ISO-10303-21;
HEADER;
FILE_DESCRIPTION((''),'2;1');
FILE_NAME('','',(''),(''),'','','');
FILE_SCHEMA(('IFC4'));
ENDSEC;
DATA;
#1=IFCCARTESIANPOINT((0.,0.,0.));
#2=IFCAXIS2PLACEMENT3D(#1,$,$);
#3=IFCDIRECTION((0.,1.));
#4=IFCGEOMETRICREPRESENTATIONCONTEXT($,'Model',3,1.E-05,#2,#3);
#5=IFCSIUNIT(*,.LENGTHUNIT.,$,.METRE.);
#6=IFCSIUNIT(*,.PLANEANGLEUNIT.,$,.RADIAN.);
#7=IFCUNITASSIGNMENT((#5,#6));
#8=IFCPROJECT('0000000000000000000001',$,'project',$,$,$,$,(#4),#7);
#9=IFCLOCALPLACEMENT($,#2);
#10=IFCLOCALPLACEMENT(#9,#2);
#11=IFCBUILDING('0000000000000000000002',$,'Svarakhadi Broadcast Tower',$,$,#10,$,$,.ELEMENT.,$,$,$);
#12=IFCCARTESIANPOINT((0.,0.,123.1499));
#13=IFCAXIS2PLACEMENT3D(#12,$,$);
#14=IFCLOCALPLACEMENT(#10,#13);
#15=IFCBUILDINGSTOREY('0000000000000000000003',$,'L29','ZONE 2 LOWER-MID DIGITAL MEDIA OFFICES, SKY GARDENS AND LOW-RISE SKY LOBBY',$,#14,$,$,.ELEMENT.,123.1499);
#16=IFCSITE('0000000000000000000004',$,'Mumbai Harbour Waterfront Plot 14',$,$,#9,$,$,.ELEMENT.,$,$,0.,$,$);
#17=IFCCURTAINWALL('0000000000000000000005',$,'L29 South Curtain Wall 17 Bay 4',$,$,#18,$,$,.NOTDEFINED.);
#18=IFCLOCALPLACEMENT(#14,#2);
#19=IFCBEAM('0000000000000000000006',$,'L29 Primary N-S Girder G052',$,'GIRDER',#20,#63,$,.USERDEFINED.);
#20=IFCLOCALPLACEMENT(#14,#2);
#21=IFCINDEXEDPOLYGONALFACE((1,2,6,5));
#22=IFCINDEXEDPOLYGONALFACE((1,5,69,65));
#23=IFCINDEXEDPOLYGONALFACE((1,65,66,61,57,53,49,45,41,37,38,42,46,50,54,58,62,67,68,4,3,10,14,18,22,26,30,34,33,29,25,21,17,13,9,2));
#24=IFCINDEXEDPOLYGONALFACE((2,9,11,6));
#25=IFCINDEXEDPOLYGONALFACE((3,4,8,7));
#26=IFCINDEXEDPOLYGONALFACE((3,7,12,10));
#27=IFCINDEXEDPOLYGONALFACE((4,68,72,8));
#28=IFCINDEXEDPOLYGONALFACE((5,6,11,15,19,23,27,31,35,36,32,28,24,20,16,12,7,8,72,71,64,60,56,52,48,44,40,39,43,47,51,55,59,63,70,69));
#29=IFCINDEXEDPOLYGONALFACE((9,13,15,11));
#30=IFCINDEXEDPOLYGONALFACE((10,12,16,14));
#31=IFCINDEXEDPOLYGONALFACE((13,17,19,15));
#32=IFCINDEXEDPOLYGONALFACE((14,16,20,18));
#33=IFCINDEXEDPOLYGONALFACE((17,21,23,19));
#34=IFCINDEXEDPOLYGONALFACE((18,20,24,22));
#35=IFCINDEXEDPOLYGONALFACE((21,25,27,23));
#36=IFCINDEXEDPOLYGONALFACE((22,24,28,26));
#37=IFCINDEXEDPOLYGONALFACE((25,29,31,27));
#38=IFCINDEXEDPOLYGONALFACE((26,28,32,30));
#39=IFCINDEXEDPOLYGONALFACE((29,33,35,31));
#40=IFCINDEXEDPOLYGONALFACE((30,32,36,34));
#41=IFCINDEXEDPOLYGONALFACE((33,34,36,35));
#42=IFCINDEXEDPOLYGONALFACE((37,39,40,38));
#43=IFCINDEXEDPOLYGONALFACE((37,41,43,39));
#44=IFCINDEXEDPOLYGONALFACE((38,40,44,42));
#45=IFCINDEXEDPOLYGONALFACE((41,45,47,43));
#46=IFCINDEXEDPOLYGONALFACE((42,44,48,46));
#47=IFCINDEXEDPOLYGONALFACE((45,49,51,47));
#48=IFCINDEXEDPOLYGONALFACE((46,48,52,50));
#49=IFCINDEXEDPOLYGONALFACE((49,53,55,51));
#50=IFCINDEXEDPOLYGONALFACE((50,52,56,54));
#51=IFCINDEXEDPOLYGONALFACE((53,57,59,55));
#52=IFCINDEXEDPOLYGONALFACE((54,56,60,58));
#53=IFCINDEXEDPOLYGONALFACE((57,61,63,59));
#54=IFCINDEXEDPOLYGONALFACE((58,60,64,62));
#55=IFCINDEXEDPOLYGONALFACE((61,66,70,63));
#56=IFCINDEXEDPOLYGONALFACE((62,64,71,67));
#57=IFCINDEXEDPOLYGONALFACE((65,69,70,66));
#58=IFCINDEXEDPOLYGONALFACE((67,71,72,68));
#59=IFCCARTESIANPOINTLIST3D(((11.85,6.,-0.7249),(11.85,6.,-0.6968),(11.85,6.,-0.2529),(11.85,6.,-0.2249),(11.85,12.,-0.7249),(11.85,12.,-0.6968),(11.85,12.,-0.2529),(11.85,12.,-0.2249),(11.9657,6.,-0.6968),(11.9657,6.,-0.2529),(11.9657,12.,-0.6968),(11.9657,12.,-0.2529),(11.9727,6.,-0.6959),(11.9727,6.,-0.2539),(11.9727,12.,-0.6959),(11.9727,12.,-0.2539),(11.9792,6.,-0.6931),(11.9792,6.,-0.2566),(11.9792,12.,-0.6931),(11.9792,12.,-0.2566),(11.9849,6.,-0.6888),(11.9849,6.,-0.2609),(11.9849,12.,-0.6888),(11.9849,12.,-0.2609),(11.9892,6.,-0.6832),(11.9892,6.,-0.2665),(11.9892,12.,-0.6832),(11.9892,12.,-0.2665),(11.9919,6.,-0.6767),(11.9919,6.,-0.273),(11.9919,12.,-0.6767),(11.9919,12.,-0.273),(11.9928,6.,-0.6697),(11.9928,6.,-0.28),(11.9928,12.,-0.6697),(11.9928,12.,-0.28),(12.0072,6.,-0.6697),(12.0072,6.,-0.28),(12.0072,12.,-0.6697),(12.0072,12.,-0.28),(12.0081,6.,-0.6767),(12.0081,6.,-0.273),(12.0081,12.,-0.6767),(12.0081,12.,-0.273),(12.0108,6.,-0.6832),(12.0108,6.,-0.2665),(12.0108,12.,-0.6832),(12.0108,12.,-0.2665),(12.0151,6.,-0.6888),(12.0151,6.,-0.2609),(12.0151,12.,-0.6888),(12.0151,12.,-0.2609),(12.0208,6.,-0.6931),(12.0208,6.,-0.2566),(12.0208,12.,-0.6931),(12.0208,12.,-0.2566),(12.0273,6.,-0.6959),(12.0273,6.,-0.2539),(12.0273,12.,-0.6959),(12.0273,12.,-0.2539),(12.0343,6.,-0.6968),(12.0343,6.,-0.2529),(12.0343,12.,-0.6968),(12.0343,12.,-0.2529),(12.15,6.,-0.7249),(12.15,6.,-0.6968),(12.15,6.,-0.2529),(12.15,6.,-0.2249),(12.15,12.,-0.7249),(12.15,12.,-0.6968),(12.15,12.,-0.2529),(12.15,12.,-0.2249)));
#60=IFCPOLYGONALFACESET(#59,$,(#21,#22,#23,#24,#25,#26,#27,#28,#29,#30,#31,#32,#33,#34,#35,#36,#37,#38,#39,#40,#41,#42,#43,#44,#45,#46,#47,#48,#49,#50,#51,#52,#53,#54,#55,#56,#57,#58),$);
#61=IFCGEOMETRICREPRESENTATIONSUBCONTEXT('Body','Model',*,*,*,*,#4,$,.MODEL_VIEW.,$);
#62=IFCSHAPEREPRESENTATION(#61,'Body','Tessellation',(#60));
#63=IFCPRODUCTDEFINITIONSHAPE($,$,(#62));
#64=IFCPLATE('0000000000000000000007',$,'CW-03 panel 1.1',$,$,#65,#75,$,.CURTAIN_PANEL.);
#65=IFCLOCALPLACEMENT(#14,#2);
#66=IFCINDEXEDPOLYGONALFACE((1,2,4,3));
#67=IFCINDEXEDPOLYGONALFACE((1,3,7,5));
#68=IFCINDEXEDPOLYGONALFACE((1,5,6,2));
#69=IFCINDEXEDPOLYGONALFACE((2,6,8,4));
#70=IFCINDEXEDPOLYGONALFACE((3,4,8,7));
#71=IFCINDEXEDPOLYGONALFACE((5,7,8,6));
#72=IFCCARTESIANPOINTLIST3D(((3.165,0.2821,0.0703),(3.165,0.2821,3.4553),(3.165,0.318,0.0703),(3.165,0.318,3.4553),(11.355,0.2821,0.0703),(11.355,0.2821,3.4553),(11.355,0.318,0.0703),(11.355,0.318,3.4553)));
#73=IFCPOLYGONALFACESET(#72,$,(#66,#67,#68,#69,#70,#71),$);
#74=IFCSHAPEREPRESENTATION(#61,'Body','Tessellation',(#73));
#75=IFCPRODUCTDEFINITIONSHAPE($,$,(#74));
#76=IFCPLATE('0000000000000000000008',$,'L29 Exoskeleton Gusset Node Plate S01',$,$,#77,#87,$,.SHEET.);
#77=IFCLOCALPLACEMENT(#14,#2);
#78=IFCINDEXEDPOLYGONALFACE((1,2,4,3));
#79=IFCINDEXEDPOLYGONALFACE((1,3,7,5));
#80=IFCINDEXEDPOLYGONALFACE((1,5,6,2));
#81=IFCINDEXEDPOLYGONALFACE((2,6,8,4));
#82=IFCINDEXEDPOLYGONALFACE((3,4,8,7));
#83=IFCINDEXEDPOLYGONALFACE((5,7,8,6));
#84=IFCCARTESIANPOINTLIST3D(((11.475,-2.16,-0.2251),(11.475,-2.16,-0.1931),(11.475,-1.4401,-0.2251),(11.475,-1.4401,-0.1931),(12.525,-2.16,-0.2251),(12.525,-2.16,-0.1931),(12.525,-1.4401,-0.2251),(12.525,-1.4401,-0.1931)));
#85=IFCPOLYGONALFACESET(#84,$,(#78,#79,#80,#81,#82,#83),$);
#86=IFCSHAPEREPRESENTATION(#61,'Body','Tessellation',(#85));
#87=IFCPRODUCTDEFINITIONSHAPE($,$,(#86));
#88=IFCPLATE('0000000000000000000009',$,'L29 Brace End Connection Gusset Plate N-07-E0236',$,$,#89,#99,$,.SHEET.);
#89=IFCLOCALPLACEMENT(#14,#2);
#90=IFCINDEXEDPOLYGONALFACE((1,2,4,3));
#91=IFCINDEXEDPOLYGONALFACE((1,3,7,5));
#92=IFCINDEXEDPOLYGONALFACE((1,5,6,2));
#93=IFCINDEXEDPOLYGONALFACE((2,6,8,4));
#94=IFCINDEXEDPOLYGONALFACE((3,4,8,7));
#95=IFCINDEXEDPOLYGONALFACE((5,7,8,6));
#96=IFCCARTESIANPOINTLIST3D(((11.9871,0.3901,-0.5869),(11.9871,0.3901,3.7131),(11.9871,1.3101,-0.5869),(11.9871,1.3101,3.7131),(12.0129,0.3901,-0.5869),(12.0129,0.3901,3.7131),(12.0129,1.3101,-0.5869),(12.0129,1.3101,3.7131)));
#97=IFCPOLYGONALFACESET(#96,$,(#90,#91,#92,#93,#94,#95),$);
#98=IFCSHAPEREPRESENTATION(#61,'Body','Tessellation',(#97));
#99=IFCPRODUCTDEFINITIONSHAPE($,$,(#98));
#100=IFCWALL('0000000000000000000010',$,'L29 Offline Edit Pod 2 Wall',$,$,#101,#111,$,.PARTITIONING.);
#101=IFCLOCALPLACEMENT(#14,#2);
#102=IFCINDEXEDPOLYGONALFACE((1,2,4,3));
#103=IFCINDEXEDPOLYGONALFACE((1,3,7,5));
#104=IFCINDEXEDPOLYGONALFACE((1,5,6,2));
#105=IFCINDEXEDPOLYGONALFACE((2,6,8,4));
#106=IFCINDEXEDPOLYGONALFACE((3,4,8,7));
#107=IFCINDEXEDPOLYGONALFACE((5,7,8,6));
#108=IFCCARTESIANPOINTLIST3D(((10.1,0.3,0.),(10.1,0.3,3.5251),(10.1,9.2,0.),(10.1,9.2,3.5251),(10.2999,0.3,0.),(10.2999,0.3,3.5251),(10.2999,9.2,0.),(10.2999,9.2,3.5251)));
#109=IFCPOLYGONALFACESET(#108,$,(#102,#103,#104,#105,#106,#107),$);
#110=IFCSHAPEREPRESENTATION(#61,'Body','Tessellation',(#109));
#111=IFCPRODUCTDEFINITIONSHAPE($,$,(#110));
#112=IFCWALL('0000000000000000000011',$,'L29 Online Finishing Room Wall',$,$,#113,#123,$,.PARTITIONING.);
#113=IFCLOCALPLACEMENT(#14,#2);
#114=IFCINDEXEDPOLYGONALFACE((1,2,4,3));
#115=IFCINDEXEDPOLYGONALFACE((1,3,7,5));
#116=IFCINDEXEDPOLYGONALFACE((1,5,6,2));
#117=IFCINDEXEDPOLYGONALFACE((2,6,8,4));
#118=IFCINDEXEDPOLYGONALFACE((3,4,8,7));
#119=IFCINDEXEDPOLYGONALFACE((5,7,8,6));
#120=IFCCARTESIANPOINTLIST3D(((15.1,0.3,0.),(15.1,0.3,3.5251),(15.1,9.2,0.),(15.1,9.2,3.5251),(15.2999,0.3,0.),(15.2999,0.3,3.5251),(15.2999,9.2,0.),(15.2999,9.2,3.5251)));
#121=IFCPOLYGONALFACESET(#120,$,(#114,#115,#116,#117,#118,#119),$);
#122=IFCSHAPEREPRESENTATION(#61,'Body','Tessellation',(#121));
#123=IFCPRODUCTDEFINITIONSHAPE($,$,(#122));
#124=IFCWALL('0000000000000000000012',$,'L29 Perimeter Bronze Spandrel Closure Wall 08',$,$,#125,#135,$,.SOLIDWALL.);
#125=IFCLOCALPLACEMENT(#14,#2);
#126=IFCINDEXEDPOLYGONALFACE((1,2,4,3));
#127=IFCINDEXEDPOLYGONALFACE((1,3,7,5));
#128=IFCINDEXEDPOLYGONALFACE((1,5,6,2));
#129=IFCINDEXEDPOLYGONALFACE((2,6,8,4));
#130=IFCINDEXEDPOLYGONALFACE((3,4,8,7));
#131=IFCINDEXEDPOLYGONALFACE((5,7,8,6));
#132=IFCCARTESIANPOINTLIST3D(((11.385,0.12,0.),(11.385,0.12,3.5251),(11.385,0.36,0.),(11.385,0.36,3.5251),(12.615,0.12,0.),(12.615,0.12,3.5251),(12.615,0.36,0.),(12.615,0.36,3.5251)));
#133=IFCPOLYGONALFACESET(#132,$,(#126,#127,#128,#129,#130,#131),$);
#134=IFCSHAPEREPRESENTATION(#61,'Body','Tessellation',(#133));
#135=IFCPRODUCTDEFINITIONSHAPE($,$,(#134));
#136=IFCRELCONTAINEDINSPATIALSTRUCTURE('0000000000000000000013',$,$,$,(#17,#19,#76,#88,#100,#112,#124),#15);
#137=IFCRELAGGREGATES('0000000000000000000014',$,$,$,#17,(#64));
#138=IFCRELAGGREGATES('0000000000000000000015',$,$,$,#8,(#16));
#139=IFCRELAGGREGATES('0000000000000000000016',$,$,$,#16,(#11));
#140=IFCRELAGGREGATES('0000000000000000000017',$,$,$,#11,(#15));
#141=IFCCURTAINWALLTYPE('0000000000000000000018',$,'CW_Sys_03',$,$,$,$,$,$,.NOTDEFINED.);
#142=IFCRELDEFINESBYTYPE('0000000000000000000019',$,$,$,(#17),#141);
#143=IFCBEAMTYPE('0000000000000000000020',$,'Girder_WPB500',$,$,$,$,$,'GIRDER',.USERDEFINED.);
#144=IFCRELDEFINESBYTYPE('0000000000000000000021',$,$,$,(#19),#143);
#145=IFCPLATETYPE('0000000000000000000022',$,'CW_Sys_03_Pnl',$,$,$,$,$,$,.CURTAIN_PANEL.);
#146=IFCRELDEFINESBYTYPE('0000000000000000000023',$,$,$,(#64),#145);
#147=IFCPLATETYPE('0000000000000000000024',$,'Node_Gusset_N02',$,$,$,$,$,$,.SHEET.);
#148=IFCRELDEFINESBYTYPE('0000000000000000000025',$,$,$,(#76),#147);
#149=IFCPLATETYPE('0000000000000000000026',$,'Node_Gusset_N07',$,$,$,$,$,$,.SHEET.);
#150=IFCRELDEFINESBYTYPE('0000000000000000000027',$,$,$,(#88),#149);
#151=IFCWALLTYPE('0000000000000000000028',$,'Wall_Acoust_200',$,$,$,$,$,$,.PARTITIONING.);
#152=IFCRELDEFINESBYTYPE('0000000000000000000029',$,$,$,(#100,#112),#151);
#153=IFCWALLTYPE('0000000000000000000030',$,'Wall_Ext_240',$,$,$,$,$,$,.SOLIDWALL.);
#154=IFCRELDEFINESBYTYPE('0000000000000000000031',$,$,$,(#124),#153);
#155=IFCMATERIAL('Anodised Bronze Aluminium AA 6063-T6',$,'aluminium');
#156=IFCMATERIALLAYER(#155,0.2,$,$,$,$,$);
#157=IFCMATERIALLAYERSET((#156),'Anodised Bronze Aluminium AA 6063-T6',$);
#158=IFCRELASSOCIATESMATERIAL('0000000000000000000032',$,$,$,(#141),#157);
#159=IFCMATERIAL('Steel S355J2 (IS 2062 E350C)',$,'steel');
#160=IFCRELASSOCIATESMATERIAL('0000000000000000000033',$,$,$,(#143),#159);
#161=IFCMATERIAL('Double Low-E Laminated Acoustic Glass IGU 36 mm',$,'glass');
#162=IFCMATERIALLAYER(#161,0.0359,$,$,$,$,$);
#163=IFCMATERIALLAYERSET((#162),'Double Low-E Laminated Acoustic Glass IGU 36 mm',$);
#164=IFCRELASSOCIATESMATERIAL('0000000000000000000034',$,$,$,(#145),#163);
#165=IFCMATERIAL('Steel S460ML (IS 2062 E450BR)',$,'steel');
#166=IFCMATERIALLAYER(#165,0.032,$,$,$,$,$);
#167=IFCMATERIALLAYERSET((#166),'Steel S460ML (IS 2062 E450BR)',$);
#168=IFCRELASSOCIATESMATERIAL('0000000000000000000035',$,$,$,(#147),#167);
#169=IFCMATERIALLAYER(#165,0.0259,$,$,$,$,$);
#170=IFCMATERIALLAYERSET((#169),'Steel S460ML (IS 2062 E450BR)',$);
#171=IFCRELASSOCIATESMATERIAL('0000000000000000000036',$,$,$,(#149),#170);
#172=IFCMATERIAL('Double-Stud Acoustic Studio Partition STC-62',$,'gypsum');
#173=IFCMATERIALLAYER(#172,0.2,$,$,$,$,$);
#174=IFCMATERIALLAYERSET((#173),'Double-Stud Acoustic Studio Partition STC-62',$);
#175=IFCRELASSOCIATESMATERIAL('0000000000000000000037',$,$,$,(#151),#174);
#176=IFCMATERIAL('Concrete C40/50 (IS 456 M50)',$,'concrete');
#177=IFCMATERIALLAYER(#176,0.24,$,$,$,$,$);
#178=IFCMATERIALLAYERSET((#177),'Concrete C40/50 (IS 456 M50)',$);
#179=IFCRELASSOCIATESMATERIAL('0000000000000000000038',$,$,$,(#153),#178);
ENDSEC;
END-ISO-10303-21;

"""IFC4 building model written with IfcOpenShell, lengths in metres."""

from ifc_helpers import new_model, si_unit, direction, frame, frame_2d, origin, origin_2d, place, context, subcontext, project, spatial, rectangle, i_section, extrude, material, layer, layer_set, material_profile, profile_set, type_object, element, aggregate, save


model = new_model("IFC4")

# Units and contexts
model_context = context("Model", 3, precision=1e-05, world=origin(), true_north=direction((0.0, 1.0)))
body_context = subcontext(model_context, "Body", "Model", "MODEL_VIEW")
ifc_project = project(units=[si_unit("LENGTHUNIT", "METRE"), si_unit("PLANEANGLEUNIT", "RADIAN")], contexts=[model_context])

# Site, building, storey
site_placement = place(None, origin())
site = spatial("IfcSite", under=ifc_project, at=site_placement, Name="Mumbai Harbour Waterfront Plot 14", CompositionType="ELEMENT", RefElevation=0.0)
building_placement = place(site_placement, origin())
building = spatial("IfcBuilding", under=site, at=building_placement, Name="Svarakhadi Broadcast Tower", CompositionType="ELEMENT")
storey_placement = place(building_placement, frame((0.0, 0.0, 123.1499)))
storey = spatial("IfcBuildingStorey", under=building, at=storey_placement, Name="L29", Description="ZONE 2 LOWER-MID DIGITAL MEDIA OFFICES, SKY GARDENS AND LOW-RISE SKY LOBBY", CompositionType="ELEMENT", Elevation=123.1499)

# Shared definitions
ifc_material_1 = material(Name="Steel S460ML (IS 2062 E450BR)", Category="steel")

# Shared definitions
ifc_material_2 = material(Name="Steel S355J2 (IS 2062 E350C)", Category="steel")

# Shared definitions
ifc_material_3 = material(Name="Anodised Bronze Aluminium AA 6063-T6", Category="aluminium")
ifc_layer_1 = layer(ifc_material_3, 0.2)
ifc_layer_set_1 = layer_set([ifc_layer_1], Name="Anodised Bronze Aluminium AA 6063-T6")
curtain_wall_type = type_object("IfcCurtainWallType", Name="CW_Sys_03", PredefinedType="NOTDEFINED", material=ifc_layer_set_1)

# Curtain wall
curtain_wall_1_placement = place(storey_placement, origin())
curtain_wall_1 = element("IfcCurtainWall", 1, at=curtain_wall_1_placement, inside=storey, type_object=curtain_wall_type, Name="L29 South Curtain Wall 17 Bay 4", PredefinedType="NOTDEFINED")

# Beam
ifc_material_profile_1 = material_profile(ifc_material_2, i_section(OverallWidth=0.3, OverallDepth=0.5, WebThickness=0.0144, FlangeThickness=0.0281, FilletRadius=0.0271, at=origin_2d()), Name="WPB 500x300x187")
ifc_profile_set_1 = profile_set([ifc_material_profile_1], Name="Steel S355J2 (IS 2062 E350C)")
beam_type_1 = type_object("IfcBeamType", Name="Girder_WPB500", ElementType="GIRDER", PredefinedType="USERDEFINED", material=ifc_profile_set_1)
beam_1_placement = place(storey_placement, frame((12.0, 6.0, -0.4749), z_axis=(0.0, 1.0, 0.0), x_axis=(-1.0, 0.0, 0.0)))
element("IfcBeam", 2, at=beam_1_placement, inside=storey, type_object=beam_type_1, Name="L29 Primary N-S Girder G052", ObjectType="GIRDER", PredefinedType="USERDEFINED", context=body_context, shape_type="SweptSolid", body=[
    extrude(i_section(OverallWidth=0.3, OverallDepth=0.5, WebThickness=0.0144, FlangeThickness=0.0281, FilletRadius=0.0271, at=origin_2d()), origin(), (0.0, 0.0, 1.0), 6.0),
])

# Plate
ifc_material_4 = material(Name="Double Low-E Laminated Acoustic Glass IGU 36 mm", Category="glass")
ifc_layer_2 = layer(ifc_material_4, 0.0359)
ifc_layer_set_2 = layer_set([ifc_layer_2], Name="Double Low-E Laminated Acoustic Glass IGU 36 mm")
plate_type_1 = type_object("IfcPlateType", Name="CW_Sys_03_Pnl", PredefinedType="CURTAIN_PANEL", material=ifc_layer_set_2)
plate_1_placement = place(storey_placement, frame((7.26, 0.3, 0.0703), z_axis=(0.0, 0.0, 1.0), x_axis=(-1.0, 0.0, 0.0)))
plate_1 = element("IfcPlate", 3, at=plate_1_placement, type_object=plate_type_1, Name="CW-03 panel 1.1", PredefinedType="CURTAIN_PANEL", context=body_context, shape_type="SweptSolid", body=[
    extrude(rectangle(XDim=8.1899, YDim=0.0359, at=origin_2d()), origin(), (0.0, 0.0, 1.0), 3.385),
])
aggregate(curtain_wall_1, [plate_1])

# Plates
ifc_layer_3 = layer(ifc_material_1, 0.032)
ifc_layer_set_3 = layer_set([ifc_layer_3], Name="Steel S460ML (IS 2062 E450BR)")
plate_type_2 = type_object("IfcPlateType", Name="Node_Gusset_N02", PredefinedType="SHEET", material=ifc_layer_set_3)
plate_2_placement = place(storey_placement, frame((12.0, -1.8, -0.2251), z_axis=(0.0, 0.0, 1.0), x_axis=(1.0, 0.0, 0.0)))
element("IfcPlate", 4, at=plate_2_placement, inside=storey, type_object=plate_type_2, Name="L29 Exoskeleton Gusset Node Plate S01", PredefinedType="SHEET", context=body_context, shape_type="SweptSolid", body=[
    extrude(rectangle(XDim=1.05, YDim=0.72, at=origin_2d()), origin(), (0.0, 0.0, 1.0), 0.032),
])
ifc_layer_4 = layer(ifc_material_1, 0.0259)
ifc_layer_set_4 = layer_set([ifc_layer_4], Name="Steel S460ML (IS 2062 E450BR)")
plate_type_3 = type_object("IfcPlateType", Name="Node_Gusset_N07", PredefinedType="SHEET", material=ifc_layer_set_4)
plate_3_placement = place(storey_placement, frame((12.0, 0.8501, -0.5869), z_axis=(0.0, 0.0, 1.0), x_axis=(0.0, 1.0, 0.0)))
element("IfcPlate", 5, at=plate_3_placement, inside=storey, type_object=plate_type_3, Name="L29 Brace End Connection Gusset Plate N-07-E0236", PredefinedType="SHEET", context=body_context, shape_type="SweptSolid", body=[
    extrude(rectangle(XDim=0.9199, YDim=0.0259, at=origin_2d()), origin(), (0.0, 0.0, 1.0), 4.3),
])

# Walls
ifc_material_5 = material(Name="Double-Stud Acoustic Studio Partition STC-62", Category="gypsum")
ifc_layer_5 = layer(ifc_material_5, 0.2)
ifc_layer_set_5 = layer_set([ifc_layer_5], Name="Double-Stud Acoustic Studio Partition STC-62")
wall_type_1 = type_object("IfcWallType", Name="Wall_Acoust_200", PredefinedType="PARTITIONING", material=ifc_layer_set_5)
for number, where, z_axis, x_axis, name in (
    (6, (10.2, 0.3, 0.0), (0.0, 0.0, 1.0), (0.0, 1.0, 0.0), "L29 Offline Edit Pod 2 Wall"),
    (7, (15.2, 0.3, 0.0), (0.0, 0.0, 1.0), (0.0, 1.0, 0.0), "L29 Online Finishing Room Wall"),
):
    element("IfcWall", number, at=place(storey_placement, frame(where, z_axis=z_axis, x_axis=x_axis)), inside=storey, type_object=wall_type_1, Name=name, PredefinedType="PARTITIONING", context=body_context, shape_type="SweptSolid", body=[
        extrude(rectangle(XDim=8.8999, YDim=0.2, at=frame_2d((4.45, 0.0))), origin(), (0.0, 0.0, 1.0), 3.5251),
    ])
ifc_material_6 = material(Name="Concrete C40/50 (IS 456 M50)", Category="concrete")
ifc_layer_6 = layer(ifc_material_6, 0.24)
ifc_layer_set_6 = layer_set([ifc_layer_6], Name="Concrete C40/50 (IS 456 M50)")
wall_type_2 = type_object("IfcWallType", Name="Wall_Ext_240", PredefinedType="SOLIDWALL", material=ifc_layer_set_6)
wall_placement = place(storey_placement, frame((12.615, 0.24, 0.0), z_axis=(0.0, 0.0, 1.0), x_axis=(-1.0, 0.0, 0.0)))
element("IfcWall", 8, at=wall_placement, inside=storey, type_object=wall_type_2, Name="L29 Perimeter Bronze Spandrel Closure Wall 08", PredefinedType="SOLIDWALL", context=body_context, shape_type="SweptSolid", body=[
    extrude(rectangle(XDim=1.23, YDim=0.24, at=frame_2d((0.615, 0.0))), origin(), (0.0, 0.0, 1.0), 3.5251),
])

save(model, "model.ifc")
